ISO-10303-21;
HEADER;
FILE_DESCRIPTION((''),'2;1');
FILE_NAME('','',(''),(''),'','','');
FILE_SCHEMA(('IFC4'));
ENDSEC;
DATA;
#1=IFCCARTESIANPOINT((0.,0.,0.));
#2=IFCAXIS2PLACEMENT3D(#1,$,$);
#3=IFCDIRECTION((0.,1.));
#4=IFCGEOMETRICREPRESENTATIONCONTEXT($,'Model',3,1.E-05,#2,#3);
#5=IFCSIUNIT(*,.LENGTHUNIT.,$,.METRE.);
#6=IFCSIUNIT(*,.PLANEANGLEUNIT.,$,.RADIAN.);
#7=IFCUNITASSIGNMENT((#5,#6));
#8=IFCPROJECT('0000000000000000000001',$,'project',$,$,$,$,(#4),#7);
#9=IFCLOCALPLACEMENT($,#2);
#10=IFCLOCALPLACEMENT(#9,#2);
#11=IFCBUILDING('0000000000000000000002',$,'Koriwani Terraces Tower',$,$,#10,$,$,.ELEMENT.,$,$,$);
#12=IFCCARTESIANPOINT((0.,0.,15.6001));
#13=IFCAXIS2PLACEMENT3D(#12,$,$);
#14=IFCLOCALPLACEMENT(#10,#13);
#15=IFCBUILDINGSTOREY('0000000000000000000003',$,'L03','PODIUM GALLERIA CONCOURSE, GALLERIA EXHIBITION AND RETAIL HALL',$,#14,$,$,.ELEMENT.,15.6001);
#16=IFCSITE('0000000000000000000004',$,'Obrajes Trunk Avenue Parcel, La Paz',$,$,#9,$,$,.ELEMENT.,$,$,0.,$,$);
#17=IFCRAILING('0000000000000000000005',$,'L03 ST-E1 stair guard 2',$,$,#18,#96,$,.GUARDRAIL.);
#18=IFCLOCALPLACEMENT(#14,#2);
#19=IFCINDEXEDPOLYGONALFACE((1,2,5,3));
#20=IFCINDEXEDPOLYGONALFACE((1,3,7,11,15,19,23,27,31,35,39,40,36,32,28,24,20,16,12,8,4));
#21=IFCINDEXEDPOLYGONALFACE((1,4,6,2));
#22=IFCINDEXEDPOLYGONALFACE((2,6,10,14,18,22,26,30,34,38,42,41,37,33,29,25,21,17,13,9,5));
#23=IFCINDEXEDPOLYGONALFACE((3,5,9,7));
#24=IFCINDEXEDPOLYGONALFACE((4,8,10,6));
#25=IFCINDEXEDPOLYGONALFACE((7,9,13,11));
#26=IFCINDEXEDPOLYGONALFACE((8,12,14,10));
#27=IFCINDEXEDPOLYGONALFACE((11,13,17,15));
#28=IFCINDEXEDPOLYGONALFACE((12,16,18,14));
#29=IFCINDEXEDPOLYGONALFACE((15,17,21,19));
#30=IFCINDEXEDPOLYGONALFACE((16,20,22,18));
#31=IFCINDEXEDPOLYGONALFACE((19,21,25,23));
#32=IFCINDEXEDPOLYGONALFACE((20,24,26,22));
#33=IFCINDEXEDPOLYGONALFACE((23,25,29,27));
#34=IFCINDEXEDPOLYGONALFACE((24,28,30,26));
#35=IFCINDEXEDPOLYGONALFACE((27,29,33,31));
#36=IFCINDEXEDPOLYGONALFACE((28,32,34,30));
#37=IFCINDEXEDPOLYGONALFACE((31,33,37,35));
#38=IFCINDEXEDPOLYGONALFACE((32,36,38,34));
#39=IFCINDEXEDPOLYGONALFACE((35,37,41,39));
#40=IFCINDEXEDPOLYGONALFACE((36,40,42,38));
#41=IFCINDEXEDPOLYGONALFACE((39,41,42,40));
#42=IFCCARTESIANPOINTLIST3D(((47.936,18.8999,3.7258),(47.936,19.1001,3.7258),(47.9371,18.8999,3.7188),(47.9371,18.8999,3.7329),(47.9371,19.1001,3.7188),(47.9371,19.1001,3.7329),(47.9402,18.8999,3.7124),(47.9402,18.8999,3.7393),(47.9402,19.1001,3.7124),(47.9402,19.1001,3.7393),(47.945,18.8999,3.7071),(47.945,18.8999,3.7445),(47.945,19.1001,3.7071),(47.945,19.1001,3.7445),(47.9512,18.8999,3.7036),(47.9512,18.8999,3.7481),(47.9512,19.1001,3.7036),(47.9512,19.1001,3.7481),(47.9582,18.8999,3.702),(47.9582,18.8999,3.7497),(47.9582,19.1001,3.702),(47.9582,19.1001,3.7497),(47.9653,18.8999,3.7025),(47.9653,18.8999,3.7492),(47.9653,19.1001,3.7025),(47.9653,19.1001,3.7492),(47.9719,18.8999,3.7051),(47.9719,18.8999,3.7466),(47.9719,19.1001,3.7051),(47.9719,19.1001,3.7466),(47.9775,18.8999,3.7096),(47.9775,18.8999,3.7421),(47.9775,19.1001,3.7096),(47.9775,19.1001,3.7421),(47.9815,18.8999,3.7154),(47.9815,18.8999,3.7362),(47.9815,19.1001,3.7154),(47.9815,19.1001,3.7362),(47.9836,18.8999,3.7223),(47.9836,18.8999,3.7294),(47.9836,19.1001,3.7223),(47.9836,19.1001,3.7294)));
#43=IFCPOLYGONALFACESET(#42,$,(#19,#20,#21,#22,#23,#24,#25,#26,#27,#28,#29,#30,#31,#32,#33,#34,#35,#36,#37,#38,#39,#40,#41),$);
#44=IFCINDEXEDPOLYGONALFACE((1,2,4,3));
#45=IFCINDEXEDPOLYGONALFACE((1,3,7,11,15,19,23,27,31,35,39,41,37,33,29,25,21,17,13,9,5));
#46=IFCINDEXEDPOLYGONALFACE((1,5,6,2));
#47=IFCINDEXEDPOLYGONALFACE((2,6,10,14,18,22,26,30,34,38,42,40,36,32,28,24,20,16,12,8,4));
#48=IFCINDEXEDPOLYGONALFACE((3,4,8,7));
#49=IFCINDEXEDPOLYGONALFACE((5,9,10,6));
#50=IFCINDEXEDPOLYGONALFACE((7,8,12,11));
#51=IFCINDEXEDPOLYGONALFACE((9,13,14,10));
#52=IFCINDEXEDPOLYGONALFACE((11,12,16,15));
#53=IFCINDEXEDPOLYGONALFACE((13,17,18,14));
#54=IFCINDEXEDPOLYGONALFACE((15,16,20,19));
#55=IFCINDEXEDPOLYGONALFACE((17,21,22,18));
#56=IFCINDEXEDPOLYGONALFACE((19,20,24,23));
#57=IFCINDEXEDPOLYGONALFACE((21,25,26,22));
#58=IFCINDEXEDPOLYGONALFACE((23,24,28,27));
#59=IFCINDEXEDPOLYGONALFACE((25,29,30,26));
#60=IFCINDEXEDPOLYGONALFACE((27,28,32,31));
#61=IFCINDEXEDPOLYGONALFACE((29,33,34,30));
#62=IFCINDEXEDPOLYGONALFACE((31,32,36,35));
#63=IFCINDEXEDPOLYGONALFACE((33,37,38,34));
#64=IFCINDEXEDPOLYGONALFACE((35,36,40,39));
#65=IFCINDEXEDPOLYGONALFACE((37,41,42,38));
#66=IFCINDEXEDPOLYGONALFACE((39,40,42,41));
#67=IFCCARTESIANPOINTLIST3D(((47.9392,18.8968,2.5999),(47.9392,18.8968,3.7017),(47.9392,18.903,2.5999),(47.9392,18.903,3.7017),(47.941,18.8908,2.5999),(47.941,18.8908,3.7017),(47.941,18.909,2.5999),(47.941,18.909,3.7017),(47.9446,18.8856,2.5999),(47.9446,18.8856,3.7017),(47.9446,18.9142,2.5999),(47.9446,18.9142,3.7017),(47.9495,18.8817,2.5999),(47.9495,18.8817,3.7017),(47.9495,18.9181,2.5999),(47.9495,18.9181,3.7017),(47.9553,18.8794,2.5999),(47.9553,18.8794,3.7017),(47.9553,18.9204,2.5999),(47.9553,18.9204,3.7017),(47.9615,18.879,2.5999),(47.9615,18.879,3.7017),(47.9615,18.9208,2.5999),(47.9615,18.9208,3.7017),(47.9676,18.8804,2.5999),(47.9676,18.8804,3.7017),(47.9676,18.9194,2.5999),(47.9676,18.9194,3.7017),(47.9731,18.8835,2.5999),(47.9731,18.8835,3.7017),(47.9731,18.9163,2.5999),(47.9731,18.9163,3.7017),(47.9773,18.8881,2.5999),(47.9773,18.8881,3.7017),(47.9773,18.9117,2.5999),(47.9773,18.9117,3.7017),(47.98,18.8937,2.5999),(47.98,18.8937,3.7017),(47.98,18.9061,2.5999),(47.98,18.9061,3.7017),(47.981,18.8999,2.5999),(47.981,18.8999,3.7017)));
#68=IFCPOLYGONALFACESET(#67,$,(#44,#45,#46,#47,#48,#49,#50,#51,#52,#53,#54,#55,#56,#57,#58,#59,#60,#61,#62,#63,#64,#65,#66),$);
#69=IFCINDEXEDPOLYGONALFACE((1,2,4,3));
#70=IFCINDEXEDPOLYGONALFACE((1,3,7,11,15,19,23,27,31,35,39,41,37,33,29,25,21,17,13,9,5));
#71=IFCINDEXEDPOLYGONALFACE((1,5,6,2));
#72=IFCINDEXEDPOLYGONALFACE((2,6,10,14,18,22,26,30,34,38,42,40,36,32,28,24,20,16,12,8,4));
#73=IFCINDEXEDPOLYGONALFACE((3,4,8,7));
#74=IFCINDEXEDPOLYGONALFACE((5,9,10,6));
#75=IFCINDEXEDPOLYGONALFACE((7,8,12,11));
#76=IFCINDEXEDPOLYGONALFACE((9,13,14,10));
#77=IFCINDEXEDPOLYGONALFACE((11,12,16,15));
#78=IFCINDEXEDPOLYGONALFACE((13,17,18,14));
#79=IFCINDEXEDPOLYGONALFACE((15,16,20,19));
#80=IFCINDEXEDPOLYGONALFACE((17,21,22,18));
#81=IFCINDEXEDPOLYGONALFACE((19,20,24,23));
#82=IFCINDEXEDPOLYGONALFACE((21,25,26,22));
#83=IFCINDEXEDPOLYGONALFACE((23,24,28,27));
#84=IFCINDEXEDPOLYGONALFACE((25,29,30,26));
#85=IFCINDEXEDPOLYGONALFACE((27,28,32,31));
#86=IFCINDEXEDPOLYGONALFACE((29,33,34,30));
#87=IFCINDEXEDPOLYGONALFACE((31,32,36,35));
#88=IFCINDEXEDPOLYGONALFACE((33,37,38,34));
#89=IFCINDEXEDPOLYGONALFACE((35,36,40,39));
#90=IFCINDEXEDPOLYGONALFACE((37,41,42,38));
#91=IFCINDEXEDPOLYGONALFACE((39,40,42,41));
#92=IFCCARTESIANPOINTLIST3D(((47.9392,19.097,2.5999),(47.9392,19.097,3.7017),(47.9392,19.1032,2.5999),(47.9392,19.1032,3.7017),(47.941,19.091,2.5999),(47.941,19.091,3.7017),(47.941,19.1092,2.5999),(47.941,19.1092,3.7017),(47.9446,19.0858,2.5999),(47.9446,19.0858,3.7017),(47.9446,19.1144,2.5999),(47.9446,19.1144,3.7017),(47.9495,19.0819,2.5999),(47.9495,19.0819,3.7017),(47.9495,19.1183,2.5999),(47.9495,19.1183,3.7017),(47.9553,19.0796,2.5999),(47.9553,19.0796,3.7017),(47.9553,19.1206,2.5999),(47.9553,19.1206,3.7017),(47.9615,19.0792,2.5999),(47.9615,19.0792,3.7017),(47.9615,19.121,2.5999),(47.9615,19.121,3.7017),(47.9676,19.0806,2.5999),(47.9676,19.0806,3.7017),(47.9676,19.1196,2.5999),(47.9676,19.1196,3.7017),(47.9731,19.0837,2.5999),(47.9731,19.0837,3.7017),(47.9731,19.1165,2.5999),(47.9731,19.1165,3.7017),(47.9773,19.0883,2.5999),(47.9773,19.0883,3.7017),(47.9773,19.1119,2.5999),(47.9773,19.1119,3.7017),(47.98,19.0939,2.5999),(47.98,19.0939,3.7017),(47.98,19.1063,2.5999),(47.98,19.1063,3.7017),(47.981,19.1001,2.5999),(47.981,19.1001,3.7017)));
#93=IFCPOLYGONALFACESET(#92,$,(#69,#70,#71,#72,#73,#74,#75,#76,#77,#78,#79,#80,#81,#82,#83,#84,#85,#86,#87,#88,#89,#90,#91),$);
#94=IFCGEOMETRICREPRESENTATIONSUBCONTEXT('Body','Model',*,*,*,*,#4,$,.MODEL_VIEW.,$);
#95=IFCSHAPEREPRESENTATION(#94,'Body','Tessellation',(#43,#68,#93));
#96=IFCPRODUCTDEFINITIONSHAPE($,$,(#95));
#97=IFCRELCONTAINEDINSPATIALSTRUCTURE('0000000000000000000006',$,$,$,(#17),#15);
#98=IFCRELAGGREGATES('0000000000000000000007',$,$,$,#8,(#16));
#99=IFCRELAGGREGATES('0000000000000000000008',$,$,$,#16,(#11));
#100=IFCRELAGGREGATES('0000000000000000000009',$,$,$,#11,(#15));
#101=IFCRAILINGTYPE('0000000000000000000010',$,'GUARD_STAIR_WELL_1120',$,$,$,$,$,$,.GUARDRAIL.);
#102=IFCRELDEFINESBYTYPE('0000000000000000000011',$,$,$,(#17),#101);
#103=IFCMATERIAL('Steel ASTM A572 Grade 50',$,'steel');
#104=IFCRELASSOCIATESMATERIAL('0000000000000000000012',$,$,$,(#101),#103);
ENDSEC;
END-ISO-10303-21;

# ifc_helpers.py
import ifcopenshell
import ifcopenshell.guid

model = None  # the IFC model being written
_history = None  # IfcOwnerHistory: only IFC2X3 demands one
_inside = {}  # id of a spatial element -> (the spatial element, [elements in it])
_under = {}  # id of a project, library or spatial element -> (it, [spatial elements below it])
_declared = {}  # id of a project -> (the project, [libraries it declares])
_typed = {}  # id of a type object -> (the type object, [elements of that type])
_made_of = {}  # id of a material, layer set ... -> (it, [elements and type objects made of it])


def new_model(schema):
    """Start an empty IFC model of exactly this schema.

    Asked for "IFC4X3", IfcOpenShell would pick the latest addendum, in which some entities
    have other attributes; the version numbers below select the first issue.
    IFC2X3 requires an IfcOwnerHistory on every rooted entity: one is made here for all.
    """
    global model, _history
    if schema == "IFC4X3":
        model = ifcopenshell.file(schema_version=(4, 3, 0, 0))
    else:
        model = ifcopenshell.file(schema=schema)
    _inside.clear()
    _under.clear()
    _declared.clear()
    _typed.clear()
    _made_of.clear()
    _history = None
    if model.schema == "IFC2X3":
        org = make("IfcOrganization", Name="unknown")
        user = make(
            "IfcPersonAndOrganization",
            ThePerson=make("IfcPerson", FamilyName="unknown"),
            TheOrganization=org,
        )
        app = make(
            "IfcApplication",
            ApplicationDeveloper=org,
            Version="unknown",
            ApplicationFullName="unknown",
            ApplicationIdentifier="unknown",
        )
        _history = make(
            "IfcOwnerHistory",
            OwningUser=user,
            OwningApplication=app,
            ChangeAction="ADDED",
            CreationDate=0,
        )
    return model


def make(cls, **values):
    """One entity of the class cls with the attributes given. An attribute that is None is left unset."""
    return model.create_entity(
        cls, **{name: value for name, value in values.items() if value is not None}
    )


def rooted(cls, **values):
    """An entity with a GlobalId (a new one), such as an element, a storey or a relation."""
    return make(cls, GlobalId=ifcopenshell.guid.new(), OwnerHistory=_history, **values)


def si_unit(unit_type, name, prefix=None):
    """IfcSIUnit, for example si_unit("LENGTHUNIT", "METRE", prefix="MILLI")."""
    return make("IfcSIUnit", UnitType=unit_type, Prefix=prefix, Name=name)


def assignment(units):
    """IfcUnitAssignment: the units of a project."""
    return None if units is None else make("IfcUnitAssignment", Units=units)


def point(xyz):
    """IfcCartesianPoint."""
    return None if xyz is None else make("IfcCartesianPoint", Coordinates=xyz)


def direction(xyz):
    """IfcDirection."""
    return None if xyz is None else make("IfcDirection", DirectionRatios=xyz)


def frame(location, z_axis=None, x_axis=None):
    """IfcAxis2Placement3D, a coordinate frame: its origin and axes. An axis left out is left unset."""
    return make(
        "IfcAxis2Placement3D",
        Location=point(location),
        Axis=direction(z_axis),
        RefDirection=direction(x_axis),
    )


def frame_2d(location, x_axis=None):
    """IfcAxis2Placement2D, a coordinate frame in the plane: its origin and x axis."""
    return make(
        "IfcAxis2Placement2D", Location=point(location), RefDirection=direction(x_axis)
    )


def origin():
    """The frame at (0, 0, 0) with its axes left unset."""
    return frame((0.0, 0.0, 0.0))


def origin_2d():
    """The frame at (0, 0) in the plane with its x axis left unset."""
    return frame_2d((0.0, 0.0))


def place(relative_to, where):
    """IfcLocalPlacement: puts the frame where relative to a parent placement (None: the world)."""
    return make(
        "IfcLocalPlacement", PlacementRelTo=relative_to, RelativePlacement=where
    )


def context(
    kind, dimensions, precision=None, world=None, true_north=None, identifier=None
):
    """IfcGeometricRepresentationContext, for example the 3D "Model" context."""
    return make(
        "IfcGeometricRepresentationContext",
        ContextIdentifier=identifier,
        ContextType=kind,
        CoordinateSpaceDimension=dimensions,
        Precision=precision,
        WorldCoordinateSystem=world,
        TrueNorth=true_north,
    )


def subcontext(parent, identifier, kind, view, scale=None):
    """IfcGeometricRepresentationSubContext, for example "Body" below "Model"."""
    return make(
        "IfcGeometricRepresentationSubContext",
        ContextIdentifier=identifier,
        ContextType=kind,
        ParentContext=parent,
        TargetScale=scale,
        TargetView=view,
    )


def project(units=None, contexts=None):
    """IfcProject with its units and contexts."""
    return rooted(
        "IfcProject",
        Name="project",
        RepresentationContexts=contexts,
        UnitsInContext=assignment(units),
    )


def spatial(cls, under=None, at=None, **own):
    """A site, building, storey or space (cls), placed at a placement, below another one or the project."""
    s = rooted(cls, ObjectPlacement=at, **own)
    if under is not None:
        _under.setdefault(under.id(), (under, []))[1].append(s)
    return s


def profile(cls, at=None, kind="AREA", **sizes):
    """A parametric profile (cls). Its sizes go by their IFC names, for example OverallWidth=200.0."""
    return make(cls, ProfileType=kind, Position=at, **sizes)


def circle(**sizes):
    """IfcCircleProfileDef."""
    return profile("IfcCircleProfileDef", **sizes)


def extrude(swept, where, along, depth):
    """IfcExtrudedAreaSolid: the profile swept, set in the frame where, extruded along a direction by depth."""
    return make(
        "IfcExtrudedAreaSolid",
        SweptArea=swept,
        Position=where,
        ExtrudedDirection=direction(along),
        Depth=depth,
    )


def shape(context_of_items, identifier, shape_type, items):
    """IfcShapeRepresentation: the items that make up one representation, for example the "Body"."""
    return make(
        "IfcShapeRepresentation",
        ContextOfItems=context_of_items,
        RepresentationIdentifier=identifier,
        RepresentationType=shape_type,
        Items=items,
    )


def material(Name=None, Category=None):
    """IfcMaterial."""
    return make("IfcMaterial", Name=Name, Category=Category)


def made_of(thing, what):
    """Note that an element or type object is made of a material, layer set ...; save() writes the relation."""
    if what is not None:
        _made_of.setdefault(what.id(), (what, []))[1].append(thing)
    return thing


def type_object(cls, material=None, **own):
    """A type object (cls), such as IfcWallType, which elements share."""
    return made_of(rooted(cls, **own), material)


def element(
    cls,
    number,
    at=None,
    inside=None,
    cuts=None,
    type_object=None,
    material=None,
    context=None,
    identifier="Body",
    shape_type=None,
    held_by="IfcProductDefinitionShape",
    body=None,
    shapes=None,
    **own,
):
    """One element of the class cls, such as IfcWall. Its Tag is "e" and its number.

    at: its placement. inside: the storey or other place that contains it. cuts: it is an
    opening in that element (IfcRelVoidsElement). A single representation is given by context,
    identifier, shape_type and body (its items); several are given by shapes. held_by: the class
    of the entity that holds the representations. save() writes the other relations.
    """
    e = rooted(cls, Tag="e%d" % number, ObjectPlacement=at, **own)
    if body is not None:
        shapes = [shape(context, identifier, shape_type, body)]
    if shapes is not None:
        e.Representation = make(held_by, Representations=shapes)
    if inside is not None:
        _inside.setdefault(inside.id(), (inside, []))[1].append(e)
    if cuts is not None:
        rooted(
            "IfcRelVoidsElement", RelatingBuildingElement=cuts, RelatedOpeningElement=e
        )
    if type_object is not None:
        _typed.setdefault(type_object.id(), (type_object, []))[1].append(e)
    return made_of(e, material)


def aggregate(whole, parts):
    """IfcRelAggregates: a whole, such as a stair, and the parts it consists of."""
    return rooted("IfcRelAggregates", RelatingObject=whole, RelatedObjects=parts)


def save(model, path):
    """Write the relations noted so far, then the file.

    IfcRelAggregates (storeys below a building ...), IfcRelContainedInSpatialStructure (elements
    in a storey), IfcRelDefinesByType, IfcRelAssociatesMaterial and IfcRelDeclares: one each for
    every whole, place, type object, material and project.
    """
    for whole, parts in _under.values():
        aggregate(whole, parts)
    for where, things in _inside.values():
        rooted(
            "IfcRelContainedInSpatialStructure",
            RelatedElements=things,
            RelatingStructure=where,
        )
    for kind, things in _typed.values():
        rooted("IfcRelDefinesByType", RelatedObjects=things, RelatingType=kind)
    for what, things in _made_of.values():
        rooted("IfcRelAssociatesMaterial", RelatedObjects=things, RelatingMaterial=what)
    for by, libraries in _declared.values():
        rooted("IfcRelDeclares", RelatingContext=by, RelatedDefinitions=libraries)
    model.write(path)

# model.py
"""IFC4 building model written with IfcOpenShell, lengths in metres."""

from ifc_helpers import new_model, si_unit, direction, frame, origin, origin_2d, place, context, subcontext, project, spatial, circle, extrude, material, type_object, element, save


model = new_model("IFC4")

# Units and contexts
model_context = context("Model", 3, precision=1e-05, world=origin(), true_north=direction((0.0, 1.0)))
body_context = subcontext(model_context, "Body", "Model", "MODEL_VIEW")
ifc_project = project(units=[si_unit("LENGTHUNIT", "METRE"), si_unit("PLANEANGLEUNIT", "RADIAN")], contexts=[model_context])

# Site, building, storey
site_placement = place(None, origin())
site = spatial("IfcSite", under=ifc_project, at=site_placement, Name="Obrajes Trunk Avenue Parcel, La Paz", CompositionType="ELEMENT", RefElevation=0.0)
building_placement = place(site_placement, origin())
building = spatial("IfcBuilding", under=site, at=building_placement, Name="Koriwani Terraces Tower", CompositionType="ELEMENT")
storey_placement = place(building_placement, frame((0.0, 0.0, 15.6001)))
storey = spatial("IfcBuildingStorey", under=building, at=storey_placement, Name="L03", Description="PODIUM GALLERIA CONCOURSE, GALLERIA EXHIBITION AND RETAIL HALL", CompositionType="ELEMENT", Elevation=15.6001)

# Shared definitions
ifc_material_1 = material(Name="Steel ASTM A572 Grade 50", Category="steel")

# Railing
railing_type_1 = type_object("IfcRailingType", Name="GUARD_STAIR_WELL_1120", PredefinedType="GUARDRAIL", material=ifc_material_1)
railing_1_placement = place(storey_placement, frame((47.96, 18.8999, 2.5999)))
element("IfcRailing", 1, at=railing_1_placement, inside=storey, type_object=railing_type_1, Name="L03 ST-E1 stair guard 2", PredefinedType="GUARDRAIL", context=body_context, shape_type="SweptSolid", body=[
    extrude(circle(Radius=0.0239, at=origin_2d()), frame((0.0, 0.0, 1.126), z_axis=(0.0, 1.0, 0.0), x_axis=(-1.0, 0.0, 0.0)), (0.0, 0.0, 1.0), 0.2002),
    extrude(circle(Radius=0.021, at=origin_2d()), origin(), (0.0, 0.0, 1.0), 1.1018),
    extrude(circle(Radius=0.021, at=origin_2d()), frame((0.0, 0.2002, 0.0)), (0.0, 0.0, 1.0), 1.1018),
])

save(model, "model.ifc")
